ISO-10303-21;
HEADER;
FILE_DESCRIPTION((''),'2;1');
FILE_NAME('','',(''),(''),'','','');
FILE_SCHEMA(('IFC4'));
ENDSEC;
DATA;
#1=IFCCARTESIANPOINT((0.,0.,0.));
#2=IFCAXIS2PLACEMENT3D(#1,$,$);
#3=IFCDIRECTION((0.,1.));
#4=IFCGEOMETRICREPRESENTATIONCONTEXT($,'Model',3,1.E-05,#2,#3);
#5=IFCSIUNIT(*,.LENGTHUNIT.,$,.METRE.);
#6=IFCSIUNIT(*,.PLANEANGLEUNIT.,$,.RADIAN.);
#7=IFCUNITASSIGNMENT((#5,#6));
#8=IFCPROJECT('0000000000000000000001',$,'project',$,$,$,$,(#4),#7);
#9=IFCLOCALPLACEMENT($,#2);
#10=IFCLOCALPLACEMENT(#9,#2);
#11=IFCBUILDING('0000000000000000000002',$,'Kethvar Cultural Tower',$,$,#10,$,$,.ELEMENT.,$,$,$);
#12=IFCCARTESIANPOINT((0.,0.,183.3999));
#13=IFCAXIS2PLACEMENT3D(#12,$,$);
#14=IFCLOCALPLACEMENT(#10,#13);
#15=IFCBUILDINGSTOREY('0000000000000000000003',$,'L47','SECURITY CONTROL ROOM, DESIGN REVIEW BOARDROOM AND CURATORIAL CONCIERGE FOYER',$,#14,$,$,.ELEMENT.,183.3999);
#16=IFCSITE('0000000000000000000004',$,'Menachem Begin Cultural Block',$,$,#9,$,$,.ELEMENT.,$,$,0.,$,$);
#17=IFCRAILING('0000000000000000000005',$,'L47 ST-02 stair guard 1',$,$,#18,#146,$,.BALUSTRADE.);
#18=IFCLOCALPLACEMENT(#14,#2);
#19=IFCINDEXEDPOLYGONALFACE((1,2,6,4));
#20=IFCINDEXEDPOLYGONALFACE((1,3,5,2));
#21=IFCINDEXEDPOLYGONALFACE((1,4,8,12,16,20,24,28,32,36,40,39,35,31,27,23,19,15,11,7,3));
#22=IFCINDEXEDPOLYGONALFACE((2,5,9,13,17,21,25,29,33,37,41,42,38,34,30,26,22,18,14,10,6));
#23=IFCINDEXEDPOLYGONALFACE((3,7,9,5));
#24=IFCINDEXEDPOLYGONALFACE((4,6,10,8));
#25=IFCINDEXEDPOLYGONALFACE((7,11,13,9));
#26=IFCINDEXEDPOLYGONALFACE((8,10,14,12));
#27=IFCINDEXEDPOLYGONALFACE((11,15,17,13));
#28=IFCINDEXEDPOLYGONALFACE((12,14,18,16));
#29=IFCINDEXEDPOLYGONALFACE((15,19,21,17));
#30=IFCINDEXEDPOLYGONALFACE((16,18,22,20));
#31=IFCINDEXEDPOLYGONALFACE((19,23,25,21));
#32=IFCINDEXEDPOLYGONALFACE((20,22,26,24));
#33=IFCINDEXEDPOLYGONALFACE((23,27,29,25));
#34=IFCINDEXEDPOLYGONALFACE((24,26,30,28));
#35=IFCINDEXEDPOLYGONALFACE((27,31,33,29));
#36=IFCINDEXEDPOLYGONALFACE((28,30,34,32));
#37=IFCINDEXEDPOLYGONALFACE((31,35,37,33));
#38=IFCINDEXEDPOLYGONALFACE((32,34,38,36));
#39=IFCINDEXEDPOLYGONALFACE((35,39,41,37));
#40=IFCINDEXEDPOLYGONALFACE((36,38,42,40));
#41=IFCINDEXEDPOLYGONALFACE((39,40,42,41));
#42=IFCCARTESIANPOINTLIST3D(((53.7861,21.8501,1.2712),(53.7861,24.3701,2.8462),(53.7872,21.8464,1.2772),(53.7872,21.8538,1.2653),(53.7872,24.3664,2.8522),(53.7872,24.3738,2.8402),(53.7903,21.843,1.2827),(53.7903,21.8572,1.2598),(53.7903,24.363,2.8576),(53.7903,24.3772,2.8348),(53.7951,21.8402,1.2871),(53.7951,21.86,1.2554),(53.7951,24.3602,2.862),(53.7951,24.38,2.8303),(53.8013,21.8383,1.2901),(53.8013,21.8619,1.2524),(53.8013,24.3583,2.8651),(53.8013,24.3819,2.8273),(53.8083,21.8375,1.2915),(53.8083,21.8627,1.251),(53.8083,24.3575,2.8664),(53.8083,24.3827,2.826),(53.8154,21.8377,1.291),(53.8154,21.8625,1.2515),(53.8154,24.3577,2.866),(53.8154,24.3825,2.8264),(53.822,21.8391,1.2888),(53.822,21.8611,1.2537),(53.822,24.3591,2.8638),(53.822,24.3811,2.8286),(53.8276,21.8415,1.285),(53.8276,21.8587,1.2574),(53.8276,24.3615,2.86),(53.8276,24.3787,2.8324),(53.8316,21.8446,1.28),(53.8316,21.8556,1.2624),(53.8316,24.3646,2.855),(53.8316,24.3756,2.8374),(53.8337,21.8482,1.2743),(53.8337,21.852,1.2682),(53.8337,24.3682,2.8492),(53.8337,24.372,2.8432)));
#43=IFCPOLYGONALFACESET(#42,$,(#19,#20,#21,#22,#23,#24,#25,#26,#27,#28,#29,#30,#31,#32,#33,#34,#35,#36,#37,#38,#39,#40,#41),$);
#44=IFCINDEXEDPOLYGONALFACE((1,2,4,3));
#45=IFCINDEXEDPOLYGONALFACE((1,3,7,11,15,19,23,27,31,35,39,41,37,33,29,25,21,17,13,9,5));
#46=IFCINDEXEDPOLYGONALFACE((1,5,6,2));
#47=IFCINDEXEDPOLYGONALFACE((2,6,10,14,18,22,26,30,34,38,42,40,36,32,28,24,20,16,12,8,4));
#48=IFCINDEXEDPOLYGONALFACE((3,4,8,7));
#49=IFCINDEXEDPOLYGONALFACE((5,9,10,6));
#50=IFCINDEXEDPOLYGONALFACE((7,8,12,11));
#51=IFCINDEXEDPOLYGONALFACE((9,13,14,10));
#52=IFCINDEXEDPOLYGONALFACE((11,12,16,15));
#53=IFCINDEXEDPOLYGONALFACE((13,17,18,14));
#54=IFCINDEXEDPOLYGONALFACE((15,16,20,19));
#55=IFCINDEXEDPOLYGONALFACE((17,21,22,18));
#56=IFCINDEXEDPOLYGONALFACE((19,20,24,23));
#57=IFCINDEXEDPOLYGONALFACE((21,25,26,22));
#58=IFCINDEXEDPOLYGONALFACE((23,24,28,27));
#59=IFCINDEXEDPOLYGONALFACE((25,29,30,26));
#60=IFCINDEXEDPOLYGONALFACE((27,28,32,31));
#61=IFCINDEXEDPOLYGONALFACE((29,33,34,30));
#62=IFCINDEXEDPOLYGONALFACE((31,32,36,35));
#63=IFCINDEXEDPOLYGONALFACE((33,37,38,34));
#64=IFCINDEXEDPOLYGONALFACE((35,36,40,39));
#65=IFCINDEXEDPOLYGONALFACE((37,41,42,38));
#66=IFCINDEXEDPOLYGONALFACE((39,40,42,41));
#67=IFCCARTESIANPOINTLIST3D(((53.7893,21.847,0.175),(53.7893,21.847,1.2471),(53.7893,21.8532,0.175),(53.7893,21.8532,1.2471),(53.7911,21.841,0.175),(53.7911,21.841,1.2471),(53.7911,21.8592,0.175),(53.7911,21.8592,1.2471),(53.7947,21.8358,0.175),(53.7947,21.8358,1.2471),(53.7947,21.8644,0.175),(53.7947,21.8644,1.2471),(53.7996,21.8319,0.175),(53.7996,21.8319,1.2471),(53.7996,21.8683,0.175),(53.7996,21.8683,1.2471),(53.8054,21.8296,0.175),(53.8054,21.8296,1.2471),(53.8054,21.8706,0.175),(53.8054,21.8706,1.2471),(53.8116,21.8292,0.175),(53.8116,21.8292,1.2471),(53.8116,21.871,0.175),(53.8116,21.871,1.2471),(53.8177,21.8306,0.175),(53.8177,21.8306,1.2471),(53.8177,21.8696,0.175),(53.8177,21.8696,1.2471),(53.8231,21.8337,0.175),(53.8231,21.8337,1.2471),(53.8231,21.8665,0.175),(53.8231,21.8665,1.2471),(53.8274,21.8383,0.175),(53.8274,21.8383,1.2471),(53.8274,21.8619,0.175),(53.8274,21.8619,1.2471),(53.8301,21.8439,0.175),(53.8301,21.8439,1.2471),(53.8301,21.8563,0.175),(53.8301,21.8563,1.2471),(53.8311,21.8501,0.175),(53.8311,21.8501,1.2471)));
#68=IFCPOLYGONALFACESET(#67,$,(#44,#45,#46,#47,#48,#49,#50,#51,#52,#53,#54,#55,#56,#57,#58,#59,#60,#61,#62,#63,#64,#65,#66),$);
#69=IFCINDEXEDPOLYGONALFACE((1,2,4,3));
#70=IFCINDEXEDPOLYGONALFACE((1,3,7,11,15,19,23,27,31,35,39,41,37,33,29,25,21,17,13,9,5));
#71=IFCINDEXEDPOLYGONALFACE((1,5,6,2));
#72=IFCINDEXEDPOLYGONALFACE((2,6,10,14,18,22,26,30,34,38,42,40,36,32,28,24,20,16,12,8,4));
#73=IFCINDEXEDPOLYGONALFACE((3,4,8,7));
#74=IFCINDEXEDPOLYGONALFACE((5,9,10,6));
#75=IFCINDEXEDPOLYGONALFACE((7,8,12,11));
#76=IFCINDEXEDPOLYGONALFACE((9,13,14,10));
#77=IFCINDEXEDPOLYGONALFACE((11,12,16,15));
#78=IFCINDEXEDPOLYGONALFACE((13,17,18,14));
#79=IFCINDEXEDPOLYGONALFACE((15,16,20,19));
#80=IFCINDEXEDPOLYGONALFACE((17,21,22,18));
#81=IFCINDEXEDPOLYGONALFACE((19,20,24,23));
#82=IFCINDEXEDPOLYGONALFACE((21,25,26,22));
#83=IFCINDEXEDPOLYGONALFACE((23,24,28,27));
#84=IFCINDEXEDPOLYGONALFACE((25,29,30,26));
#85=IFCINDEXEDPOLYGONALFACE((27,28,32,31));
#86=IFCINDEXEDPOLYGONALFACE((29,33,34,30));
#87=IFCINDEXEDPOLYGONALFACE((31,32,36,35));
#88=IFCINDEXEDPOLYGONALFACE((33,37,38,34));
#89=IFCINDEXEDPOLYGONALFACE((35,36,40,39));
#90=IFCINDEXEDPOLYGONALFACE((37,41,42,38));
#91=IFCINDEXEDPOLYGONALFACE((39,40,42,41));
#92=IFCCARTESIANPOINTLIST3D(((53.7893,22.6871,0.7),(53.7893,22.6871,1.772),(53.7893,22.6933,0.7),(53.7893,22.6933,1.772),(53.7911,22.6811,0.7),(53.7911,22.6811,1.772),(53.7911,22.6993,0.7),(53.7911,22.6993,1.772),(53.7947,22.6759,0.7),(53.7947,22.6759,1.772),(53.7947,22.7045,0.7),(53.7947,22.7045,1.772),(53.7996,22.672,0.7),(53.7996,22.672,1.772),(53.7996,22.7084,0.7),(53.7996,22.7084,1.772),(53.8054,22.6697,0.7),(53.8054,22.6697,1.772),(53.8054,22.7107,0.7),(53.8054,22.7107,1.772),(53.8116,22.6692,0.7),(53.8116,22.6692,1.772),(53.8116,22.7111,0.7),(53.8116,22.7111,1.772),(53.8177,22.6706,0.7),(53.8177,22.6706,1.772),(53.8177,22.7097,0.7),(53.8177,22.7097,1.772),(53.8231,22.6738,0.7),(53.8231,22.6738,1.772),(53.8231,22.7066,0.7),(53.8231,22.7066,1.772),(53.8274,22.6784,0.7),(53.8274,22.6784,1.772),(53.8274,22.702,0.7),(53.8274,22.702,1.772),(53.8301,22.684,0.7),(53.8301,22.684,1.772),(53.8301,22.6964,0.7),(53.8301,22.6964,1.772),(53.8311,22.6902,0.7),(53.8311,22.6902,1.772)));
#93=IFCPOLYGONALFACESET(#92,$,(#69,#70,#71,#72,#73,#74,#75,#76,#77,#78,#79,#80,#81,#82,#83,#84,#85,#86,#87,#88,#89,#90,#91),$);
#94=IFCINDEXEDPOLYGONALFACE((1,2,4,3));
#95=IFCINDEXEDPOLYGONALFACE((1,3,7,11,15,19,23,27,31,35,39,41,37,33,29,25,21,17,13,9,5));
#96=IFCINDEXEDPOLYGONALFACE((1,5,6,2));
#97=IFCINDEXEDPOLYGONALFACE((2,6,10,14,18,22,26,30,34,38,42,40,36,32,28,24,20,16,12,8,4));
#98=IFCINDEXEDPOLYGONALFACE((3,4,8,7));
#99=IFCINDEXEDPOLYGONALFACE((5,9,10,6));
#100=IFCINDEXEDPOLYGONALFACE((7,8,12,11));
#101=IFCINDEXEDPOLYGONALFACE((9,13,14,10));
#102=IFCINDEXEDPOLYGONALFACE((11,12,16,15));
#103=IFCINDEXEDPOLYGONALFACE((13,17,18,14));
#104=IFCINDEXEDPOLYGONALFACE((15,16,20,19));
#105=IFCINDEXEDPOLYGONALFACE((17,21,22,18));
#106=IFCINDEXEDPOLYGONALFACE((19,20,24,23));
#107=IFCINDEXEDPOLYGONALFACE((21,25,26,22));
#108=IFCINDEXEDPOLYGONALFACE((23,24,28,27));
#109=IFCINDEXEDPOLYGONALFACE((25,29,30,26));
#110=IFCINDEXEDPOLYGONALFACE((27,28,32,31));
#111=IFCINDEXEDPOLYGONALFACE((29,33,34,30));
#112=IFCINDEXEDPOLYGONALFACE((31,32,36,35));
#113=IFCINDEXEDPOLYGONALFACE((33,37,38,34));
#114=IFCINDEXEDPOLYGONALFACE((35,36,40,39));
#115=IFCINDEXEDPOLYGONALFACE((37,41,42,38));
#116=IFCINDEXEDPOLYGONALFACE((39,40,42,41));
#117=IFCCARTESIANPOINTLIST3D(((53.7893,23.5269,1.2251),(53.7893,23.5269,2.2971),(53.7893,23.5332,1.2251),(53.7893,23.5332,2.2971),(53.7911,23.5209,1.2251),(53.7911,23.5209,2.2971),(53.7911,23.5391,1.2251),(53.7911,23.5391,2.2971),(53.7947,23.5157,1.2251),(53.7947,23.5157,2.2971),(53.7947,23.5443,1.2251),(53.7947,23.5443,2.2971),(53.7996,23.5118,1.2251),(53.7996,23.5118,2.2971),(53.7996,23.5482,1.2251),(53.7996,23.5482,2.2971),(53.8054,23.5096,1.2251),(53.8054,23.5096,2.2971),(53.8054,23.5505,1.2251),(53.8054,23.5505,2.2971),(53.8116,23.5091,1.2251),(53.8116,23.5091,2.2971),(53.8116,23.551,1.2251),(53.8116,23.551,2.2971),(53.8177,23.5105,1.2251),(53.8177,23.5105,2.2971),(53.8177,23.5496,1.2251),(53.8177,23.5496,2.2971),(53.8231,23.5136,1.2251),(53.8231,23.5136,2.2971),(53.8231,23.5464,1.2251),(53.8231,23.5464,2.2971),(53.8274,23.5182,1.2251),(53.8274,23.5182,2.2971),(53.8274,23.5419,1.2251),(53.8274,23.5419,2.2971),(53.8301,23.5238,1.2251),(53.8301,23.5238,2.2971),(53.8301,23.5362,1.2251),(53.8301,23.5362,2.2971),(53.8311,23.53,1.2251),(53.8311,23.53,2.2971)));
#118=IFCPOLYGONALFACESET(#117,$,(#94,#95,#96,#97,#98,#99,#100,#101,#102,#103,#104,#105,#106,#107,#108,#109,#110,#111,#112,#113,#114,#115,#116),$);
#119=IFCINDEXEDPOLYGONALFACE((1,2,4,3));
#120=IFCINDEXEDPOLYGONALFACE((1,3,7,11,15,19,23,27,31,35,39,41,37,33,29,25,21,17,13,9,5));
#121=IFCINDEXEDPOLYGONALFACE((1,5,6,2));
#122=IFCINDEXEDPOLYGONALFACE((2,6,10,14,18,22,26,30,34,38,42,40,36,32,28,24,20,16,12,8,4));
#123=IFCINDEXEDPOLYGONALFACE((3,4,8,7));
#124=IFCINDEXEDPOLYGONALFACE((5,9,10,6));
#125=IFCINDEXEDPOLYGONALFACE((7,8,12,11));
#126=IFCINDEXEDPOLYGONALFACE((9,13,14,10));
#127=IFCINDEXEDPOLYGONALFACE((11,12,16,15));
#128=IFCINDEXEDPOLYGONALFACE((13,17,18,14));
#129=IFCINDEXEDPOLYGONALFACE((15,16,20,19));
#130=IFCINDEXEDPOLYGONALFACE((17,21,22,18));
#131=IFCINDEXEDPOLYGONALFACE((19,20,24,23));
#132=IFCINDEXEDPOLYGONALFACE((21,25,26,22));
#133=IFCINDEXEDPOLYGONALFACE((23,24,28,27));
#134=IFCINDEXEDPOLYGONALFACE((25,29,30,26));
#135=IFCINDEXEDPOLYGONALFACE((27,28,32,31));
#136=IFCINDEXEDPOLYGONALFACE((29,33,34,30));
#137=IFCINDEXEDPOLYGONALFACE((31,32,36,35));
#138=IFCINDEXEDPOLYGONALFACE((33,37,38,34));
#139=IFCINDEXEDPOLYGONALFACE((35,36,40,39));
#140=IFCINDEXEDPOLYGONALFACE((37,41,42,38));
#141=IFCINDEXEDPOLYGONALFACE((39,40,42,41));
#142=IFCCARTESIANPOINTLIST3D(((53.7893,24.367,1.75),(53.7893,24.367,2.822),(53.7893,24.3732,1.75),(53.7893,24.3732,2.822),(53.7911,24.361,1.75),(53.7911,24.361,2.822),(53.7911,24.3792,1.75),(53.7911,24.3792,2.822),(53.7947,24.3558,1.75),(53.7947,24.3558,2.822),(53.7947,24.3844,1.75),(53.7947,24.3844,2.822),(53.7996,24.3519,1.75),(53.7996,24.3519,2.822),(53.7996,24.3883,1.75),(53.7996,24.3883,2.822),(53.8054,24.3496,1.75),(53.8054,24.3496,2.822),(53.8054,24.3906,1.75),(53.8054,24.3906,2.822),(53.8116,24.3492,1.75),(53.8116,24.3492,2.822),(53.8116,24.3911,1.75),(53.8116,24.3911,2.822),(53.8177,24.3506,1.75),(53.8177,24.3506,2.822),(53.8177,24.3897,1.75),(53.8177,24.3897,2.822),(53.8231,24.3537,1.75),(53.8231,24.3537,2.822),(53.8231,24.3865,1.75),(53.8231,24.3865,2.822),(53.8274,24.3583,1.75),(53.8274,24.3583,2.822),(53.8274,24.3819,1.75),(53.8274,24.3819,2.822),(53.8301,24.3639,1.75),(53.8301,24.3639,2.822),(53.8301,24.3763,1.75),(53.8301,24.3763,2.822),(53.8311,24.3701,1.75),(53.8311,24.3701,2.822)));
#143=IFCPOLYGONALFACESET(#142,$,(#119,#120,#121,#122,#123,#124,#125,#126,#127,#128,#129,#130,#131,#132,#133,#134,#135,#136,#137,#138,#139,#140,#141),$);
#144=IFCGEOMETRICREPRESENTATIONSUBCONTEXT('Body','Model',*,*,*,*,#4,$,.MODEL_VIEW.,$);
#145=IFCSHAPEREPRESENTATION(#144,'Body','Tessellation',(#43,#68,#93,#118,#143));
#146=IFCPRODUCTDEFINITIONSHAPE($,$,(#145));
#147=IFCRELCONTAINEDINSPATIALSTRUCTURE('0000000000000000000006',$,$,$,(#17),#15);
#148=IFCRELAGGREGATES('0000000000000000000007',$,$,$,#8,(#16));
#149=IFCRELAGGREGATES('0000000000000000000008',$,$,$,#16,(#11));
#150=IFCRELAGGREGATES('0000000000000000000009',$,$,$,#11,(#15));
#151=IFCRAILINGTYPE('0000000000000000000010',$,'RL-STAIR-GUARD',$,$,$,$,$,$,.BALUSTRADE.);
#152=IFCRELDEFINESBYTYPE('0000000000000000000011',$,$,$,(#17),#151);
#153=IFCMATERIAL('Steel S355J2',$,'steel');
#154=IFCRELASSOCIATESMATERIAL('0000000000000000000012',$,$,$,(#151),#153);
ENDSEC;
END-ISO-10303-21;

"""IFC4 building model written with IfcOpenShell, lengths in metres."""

from ifc_helpers import new_model, si_unit, direction, frame, origin, origin_2d, place, context, subcontext, project, spatial, circle, extrude, material, type_object, element, save


model = new_model("IFC4")

# Units and contexts
model_context = context("Model", 3, precision=1e-05, world=origin(), true_north=direction((0.0, 1.0)))
body_context = subcontext(model_context, "Body", "Model", "MODEL_VIEW")
ifc_project = project(units=[si_unit("LENGTHUNIT", "METRE"), si_unit("PLANEANGLEUNIT", "RADIAN")], contexts=[model_context])

# Site, building, storey
site_placement = place(None, origin())
site = spatial("IfcSite", under=ifc_project, at=site_placement, Name="Menachem Begin Cultural Block", CompositionType="ELEMENT", RefElevation=0.0)
building_placement = place(site_placement, origin())
building = spatial("IfcBuilding", under=site, at=building_placement, Name="Kethvar Cultural Tower", CompositionType="ELEMENT")
storey_placement = place(building_placement, frame((0.0, 0.0, 183.3999)))
storey = spatial("IfcBuildingStorey", under=building, at=storey_placement, Name="L47", Description="SECURITY CONTROL ROOM, DESIGN REVIEW BOARDROOM AND CURATORIAL CONCIERGE FOYER", CompositionType="ELEMENT", Elevation=183.3999)

# Shared definitions
ifc_material_1 = material(Name="Steel S355J2", Category="steel")

# Railing
railing_type_1 = type_object("IfcRailingType", Name="RL-STAIR-GUARD", PredefinedType="BALUSTRADE", material=ifc_material_1)
railing_1_placement = place(storey_placement, frame((53.8101, 21.8501, 0.175)))
element("IfcRailing", 1, at=railing_1_placement, inside=storey, type_object=railing_type_1, Name="L47 ST-02 stair guard 1", PredefinedType="BALUSTRADE", context=body_context, shape_type="SweptSolid", body=[
    extrude(circle(Radius=0.0239, at=origin_2d()), frame((0.0, 0.0, 1.0962), z_axis=(0.0, 0.848008, 0.529984), x_axis=(-1.0, 0.0, 0.0)), (0.0, 0.0, 1.0), 2.9717),
    extrude(circle(Radius=0.021, at=origin_2d()), origin(), (0.0, 0.0, 1.0), 1.072),
    extrude(circle(Radius=0.021, at=origin_2d()), frame((0.0, 0.8401, 0.5249)), (0.0, 0.0, 1.0), 1.072),
    extrude(circle(Radius=0.021, at=origin_2d()), frame((0.0, 1.6799, 1.05)), (0.0, 0.0, 1.0), 1.072),
    extrude(circle(Radius=0.021, at=origin_2d()), frame((0.0, 2.52, 1.575)), (0.0, 0.0, 1.0), 1.072),
])

save(model, "model.ifc")
